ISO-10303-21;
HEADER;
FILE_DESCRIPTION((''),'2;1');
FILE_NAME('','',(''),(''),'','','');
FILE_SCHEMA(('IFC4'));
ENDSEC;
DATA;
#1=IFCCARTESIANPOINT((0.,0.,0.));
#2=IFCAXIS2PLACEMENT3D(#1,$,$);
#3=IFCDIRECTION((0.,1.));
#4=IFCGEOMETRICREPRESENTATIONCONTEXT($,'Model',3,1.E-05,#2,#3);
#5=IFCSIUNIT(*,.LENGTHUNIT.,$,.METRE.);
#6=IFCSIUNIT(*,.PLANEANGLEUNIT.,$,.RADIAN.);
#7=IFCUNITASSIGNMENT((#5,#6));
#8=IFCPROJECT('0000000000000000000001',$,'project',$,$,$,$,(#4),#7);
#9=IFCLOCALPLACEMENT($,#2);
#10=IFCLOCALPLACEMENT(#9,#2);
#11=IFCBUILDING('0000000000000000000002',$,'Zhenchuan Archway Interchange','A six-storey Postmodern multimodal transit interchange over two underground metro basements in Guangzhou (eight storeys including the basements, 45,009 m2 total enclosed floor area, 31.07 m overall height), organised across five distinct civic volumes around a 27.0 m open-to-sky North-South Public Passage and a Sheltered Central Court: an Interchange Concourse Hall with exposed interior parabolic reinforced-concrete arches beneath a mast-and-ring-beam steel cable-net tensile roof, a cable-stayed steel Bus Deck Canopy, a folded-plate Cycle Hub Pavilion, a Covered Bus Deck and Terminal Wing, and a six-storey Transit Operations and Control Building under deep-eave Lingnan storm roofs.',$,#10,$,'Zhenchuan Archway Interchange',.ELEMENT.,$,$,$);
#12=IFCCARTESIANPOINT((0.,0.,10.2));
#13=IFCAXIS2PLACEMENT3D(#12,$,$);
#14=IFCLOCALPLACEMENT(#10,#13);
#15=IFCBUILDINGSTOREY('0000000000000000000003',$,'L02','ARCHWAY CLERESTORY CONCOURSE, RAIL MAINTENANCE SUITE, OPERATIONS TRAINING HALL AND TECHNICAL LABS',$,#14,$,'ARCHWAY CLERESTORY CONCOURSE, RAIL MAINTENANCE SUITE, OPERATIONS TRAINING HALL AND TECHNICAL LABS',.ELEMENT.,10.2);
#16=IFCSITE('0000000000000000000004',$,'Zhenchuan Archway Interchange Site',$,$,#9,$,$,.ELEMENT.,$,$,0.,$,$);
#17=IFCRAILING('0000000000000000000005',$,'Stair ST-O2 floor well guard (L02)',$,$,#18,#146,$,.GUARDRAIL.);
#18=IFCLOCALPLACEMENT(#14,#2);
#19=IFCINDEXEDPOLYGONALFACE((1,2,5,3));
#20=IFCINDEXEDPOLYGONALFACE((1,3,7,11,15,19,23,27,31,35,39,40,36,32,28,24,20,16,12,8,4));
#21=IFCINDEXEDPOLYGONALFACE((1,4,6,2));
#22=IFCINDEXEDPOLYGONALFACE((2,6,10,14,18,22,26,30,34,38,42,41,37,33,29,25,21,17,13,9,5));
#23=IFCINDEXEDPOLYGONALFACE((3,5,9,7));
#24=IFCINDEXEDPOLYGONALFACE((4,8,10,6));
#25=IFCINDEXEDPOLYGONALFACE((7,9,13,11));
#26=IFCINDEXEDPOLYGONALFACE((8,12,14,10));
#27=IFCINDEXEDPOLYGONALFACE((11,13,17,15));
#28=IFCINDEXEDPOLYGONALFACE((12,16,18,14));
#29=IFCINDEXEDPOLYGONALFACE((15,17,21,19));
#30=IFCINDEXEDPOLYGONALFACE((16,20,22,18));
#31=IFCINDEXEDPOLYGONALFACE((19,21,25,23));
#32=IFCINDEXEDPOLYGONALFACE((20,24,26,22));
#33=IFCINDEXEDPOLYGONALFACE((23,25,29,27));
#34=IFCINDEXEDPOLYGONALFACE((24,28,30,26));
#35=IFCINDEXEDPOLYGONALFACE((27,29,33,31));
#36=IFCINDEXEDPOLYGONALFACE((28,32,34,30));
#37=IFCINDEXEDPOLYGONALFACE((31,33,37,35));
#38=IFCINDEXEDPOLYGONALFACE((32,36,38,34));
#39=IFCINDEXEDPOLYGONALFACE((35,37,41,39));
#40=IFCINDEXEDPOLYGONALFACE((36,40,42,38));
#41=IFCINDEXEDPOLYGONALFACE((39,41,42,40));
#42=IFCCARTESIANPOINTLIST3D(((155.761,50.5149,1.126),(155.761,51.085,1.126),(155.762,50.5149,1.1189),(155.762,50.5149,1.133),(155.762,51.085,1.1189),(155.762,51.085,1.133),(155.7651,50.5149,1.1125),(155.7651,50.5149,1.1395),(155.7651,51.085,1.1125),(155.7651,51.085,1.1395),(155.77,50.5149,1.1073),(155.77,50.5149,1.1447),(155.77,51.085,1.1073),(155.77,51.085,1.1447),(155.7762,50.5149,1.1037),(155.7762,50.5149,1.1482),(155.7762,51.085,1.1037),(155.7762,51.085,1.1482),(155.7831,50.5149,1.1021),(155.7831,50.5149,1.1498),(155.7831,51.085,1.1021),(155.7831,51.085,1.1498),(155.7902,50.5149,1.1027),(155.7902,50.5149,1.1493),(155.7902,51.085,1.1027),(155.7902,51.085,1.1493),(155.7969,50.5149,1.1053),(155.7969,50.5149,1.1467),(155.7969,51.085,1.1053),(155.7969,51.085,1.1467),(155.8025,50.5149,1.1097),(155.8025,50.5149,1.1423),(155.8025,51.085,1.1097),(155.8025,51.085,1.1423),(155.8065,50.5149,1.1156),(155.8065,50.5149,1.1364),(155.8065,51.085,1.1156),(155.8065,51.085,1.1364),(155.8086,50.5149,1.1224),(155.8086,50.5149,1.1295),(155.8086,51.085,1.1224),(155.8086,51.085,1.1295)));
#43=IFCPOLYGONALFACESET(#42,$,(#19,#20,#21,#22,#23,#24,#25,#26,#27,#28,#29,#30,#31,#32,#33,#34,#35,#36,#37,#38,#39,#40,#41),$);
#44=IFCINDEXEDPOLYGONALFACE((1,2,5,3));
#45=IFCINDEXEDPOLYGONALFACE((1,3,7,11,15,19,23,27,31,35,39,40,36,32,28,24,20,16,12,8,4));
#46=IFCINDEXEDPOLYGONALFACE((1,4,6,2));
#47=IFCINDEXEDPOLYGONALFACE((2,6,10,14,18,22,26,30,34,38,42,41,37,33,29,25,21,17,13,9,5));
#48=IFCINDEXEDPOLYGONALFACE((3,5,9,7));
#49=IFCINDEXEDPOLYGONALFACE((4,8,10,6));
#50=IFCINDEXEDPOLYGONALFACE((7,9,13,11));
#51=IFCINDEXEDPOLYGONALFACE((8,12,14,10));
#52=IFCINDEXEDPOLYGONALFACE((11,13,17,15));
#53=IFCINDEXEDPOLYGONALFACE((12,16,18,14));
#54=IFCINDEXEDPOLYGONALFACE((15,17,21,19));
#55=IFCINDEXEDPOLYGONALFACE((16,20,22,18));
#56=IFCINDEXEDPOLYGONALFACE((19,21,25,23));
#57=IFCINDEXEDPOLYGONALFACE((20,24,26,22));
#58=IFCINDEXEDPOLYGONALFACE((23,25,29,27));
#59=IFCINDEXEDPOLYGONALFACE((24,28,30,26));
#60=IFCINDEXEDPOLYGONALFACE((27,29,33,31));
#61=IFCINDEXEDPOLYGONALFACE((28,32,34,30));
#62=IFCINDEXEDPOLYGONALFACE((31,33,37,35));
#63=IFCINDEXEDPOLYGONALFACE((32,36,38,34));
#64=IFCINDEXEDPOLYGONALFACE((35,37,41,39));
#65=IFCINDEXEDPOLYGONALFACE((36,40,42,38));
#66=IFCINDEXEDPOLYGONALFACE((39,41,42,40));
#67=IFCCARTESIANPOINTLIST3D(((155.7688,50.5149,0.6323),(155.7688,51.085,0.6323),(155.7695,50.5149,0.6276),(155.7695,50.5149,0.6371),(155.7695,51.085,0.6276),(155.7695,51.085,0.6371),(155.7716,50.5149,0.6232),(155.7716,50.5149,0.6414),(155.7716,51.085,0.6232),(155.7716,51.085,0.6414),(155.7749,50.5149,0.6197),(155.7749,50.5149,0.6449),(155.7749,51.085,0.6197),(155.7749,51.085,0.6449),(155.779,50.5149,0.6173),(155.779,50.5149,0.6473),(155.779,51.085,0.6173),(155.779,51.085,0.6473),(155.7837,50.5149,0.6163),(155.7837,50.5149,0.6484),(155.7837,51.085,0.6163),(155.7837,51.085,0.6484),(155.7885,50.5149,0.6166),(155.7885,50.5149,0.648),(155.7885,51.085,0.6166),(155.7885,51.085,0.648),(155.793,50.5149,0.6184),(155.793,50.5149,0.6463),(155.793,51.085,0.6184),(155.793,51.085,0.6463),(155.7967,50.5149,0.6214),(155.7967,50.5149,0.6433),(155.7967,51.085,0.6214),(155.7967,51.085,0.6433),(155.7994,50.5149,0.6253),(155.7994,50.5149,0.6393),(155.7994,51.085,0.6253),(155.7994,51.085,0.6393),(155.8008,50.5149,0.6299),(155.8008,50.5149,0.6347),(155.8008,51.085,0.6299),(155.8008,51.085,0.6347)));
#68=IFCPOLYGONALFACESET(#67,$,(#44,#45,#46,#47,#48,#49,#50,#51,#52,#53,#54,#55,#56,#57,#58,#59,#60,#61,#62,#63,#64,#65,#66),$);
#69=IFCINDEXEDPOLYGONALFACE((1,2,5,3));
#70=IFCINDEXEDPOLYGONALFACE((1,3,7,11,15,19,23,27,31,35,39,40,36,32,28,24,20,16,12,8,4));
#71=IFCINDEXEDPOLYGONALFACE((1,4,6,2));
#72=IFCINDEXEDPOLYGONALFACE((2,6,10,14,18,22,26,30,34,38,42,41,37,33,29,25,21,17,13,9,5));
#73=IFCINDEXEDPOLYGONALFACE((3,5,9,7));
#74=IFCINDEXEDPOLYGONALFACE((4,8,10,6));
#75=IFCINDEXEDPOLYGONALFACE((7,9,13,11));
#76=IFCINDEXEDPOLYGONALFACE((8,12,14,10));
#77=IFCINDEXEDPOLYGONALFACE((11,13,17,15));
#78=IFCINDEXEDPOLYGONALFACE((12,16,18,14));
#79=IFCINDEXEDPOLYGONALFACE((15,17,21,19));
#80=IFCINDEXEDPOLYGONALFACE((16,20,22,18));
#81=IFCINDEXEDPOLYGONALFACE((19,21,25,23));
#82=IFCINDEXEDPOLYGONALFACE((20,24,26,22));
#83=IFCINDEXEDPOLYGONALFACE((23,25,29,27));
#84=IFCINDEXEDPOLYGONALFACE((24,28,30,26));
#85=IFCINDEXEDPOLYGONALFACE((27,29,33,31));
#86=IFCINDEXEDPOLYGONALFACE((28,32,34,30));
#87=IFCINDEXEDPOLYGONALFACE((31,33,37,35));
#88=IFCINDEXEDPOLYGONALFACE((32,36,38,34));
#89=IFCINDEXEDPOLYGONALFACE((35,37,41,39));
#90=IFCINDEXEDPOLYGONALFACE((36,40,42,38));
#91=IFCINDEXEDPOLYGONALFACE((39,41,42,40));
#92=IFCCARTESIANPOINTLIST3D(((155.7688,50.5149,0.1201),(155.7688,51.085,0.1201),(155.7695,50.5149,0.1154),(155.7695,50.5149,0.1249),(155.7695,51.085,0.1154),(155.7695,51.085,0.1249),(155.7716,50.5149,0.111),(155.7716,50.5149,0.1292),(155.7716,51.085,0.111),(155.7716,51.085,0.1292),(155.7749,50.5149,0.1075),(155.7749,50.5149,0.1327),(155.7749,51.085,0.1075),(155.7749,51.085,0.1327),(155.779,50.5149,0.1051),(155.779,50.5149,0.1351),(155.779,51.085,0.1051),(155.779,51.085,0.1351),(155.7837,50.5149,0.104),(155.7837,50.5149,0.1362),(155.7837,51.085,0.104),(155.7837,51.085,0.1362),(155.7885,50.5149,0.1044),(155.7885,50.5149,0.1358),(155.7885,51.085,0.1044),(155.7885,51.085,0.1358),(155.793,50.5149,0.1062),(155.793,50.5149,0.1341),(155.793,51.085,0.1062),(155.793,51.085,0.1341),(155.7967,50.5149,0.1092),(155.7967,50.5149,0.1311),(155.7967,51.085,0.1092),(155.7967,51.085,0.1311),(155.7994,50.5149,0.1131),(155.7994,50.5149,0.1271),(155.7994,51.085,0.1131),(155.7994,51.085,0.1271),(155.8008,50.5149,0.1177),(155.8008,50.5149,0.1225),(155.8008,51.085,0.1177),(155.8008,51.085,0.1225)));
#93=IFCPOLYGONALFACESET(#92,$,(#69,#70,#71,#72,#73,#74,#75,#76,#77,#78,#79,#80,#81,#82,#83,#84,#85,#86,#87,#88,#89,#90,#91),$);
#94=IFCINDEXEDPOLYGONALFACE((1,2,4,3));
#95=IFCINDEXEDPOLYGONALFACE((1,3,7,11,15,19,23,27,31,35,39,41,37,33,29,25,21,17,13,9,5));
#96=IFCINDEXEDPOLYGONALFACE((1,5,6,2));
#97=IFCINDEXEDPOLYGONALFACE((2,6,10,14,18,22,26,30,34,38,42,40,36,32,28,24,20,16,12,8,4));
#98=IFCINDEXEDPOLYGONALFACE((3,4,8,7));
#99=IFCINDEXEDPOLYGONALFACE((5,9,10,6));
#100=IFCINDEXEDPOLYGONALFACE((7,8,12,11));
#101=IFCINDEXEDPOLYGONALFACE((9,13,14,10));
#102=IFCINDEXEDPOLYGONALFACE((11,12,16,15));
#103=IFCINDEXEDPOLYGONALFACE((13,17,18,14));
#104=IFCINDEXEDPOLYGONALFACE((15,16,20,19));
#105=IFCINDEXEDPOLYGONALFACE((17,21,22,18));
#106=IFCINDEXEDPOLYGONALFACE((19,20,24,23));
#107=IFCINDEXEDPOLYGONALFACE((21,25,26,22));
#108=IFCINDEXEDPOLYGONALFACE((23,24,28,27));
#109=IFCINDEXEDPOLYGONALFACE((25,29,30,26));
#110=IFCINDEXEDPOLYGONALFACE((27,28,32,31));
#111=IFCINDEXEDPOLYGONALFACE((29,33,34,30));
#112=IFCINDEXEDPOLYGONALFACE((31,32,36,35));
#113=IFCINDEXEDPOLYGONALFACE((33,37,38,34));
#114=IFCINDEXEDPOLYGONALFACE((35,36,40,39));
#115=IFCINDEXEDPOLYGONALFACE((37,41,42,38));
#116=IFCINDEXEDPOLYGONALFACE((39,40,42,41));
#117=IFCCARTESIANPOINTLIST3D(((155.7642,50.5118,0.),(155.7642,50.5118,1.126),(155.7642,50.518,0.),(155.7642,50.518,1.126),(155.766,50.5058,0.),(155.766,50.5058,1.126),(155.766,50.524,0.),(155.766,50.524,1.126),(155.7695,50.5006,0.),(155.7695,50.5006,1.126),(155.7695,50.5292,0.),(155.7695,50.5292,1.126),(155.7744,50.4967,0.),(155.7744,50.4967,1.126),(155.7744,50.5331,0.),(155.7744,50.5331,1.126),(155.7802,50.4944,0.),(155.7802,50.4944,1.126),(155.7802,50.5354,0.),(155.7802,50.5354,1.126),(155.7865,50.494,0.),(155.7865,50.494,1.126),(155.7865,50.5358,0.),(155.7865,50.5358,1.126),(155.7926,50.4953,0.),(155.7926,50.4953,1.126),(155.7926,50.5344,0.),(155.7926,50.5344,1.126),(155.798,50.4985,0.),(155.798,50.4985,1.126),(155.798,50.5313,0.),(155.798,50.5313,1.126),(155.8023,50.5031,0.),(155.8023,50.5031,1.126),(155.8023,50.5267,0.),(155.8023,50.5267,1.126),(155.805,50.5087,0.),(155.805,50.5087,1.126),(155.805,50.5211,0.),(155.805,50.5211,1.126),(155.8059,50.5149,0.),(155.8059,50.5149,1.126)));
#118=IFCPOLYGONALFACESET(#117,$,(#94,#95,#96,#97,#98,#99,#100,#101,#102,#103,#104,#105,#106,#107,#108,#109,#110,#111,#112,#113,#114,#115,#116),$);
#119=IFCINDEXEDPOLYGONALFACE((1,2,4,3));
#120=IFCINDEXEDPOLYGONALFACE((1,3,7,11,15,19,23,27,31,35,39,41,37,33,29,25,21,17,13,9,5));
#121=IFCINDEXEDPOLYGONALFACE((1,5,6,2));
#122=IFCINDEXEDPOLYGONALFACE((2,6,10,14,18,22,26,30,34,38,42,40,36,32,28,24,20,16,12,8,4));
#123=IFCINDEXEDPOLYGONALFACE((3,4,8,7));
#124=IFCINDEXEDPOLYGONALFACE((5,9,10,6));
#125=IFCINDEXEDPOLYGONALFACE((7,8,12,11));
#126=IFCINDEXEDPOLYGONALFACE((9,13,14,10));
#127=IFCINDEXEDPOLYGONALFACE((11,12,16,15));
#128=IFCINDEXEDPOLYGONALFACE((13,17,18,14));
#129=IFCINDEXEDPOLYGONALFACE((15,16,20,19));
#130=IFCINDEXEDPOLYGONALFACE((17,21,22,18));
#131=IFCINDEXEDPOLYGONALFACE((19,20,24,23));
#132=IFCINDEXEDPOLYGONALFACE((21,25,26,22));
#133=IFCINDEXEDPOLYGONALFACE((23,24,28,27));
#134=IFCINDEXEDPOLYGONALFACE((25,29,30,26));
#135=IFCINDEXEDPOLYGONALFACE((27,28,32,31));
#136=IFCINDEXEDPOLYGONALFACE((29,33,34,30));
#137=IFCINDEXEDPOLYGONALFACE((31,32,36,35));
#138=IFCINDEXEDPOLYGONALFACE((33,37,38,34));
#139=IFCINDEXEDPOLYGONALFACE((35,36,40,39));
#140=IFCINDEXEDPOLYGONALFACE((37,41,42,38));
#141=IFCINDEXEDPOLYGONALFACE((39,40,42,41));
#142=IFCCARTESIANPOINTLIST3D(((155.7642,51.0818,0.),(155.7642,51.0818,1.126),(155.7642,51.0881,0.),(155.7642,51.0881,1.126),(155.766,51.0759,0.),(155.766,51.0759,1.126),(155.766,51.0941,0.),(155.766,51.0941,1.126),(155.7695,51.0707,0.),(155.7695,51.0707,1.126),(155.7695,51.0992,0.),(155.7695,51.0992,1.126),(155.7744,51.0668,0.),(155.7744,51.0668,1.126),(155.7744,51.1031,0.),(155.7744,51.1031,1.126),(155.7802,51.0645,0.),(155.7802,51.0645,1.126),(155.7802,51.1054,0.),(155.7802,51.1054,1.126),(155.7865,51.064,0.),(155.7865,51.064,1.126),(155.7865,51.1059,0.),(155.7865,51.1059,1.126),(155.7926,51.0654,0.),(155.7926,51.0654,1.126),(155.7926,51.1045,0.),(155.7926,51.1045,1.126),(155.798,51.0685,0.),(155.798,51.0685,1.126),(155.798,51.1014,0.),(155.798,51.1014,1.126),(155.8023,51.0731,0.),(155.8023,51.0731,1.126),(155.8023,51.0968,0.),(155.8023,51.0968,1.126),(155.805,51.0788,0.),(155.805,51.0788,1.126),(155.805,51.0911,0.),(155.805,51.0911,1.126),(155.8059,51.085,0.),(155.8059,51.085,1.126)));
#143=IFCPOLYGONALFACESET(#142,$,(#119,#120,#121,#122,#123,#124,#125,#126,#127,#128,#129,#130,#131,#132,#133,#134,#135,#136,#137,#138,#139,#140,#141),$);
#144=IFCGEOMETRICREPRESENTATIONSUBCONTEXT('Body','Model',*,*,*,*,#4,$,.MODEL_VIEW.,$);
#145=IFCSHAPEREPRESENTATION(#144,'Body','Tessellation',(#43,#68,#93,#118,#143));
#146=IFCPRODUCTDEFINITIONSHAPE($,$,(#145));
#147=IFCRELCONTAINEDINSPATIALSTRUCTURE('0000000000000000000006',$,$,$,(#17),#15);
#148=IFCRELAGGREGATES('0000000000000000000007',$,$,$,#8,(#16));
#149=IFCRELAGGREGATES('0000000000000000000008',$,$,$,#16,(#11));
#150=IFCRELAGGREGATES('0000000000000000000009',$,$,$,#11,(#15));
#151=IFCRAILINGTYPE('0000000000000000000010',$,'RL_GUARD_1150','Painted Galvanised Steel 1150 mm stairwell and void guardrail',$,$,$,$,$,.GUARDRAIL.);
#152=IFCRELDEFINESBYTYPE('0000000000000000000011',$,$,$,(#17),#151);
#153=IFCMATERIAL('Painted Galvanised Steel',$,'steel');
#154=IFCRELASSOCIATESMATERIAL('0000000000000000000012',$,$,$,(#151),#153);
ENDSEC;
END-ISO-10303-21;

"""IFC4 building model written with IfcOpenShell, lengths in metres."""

from ifc_helpers import new_model, si_unit, direction, frame, origin, origin_2d, place, context, subcontext, project, spatial, circle, extrude, material, type_object, element, save


model = new_model("IFC4")

# Units and contexts
model_context = context("Model", 3, precision=1e-05, world=origin(), true_north=direction((0.0, 1.0)))
body_context = subcontext(model_context, "Body", "Model", "MODEL_VIEW")
ifc_project = project(units=[si_unit("LENGTHUNIT", "METRE"), si_unit("PLANEANGLEUNIT", "RADIAN")], contexts=[model_context])

# Site, building, storey
site_placement = place(None, origin())
site = spatial("IfcSite", under=ifc_project, at=site_placement, Name="Zhenchuan Archway Interchange Site", CompositionType="ELEMENT", RefElevation=0.0)
building_placement = place(site_placement, origin())
building = spatial("IfcBuilding", under=site, at=building_placement, Name="Zhenchuan Archway Interchange", Description="A six-storey Postmodern multimodal transit interchange over two underground metro basements in Guangzhou (eight storeys including the basements, 45,009 m2 total enclosed floor area, 31.07 m overall height), organised across five distinct civic volumes around a 27.0 m open-to-sky North-South Public Passage and a Sheltered Central Court: an Interchange Concourse Hall with exposed interior parabolic reinforced-concrete arches beneath a mast-and-ring-beam steel cable-net tensile roof, a cable-stayed steel Bus Deck Canopy, a folded-plate Cycle Hub Pavilion, a Covered Bus Deck and Terminal Wing, and a six-storey Transit Operations and Control Building under deep-eave Lingnan storm roofs.", LongName="Zhenchuan Archway Interchange", CompositionType="ELEMENT")
storey_placement = place(building_placement, frame((0.0, 0.0, 10.2)))
storey = spatial("IfcBuildingStorey", under=building, at=storey_placement, Name="L02", Description="ARCHWAY CLERESTORY CONCOURSE, RAIL MAINTENANCE SUITE, OPERATIONS TRAINING HALL AND TECHNICAL LABS", LongName="ARCHWAY CLERESTORY CONCOURSE, RAIL MAINTENANCE SUITE, OPERATIONS TRAINING HALL AND TECHNICAL LABS", CompositionType="ELEMENT", Elevation=10.2)

# Railing
ifc_material_1 = material(Name="Painted Galvanised Steel", Category="steel")
railing_type_1 = type_object("IfcRailingType", Name="RL_GUARD_1150", Description="Painted Galvanised Steel 1150 mm stairwell and void guardrail", PredefinedType="GUARDRAIL", material=ifc_material_1)
for number, where, name in (
    (1, (155.7849, 50.5149, 0.0), "Stair ST-O2 floor well guard (L02)"),
):
    element("IfcRailing", number, at=place(storey_placement, frame(where)), inside=storey, type_object=railing_type_1, Name=name, PredefinedType="GUARDRAIL", context=body_context, shape_type="SweptSolid", body=[
        extrude(circle(Radius=0.0239, at=origin_2d()), frame((0.0, 0.0, 1.126), z_axis=(0.0, 1.0, 0.0), x_axis=(-1.0, 0.0, 0.0)), (0.0, 0.0, 1.0), 0.5701),
        extrude(circle(Radius=0.0161, at=origin_2d()), frame((0.0, 0.0, 0.6323), z_axis=(0.0, 1.0, 0.0), x_axis=(-1.0, 0.0, 0.0)), (0.0, 0.0, 1.0), 0.5701),
        extrude(circle(Radius=0.0161, at=origin_2d()), frame((0.0, 0.0, 0.1201), z_axis=(0.0, 1.0, 0.0), x_axis=(-1.0, 0.0, 0.0)), (0.0, 0.0, 1.0), 0.5701),
        extrude(circle(Radius=0.021, at=origin_2d()), origin(), (0.0, 0.0, 1.0), 1.126),
        extrude(circle(Radius=0.021, at=origin_2d()), frame((0.0, 0.5701, 0.0)), (0.0, 0.0, 1.0), 1.126),
    ])

save(model, "model.ifc")
